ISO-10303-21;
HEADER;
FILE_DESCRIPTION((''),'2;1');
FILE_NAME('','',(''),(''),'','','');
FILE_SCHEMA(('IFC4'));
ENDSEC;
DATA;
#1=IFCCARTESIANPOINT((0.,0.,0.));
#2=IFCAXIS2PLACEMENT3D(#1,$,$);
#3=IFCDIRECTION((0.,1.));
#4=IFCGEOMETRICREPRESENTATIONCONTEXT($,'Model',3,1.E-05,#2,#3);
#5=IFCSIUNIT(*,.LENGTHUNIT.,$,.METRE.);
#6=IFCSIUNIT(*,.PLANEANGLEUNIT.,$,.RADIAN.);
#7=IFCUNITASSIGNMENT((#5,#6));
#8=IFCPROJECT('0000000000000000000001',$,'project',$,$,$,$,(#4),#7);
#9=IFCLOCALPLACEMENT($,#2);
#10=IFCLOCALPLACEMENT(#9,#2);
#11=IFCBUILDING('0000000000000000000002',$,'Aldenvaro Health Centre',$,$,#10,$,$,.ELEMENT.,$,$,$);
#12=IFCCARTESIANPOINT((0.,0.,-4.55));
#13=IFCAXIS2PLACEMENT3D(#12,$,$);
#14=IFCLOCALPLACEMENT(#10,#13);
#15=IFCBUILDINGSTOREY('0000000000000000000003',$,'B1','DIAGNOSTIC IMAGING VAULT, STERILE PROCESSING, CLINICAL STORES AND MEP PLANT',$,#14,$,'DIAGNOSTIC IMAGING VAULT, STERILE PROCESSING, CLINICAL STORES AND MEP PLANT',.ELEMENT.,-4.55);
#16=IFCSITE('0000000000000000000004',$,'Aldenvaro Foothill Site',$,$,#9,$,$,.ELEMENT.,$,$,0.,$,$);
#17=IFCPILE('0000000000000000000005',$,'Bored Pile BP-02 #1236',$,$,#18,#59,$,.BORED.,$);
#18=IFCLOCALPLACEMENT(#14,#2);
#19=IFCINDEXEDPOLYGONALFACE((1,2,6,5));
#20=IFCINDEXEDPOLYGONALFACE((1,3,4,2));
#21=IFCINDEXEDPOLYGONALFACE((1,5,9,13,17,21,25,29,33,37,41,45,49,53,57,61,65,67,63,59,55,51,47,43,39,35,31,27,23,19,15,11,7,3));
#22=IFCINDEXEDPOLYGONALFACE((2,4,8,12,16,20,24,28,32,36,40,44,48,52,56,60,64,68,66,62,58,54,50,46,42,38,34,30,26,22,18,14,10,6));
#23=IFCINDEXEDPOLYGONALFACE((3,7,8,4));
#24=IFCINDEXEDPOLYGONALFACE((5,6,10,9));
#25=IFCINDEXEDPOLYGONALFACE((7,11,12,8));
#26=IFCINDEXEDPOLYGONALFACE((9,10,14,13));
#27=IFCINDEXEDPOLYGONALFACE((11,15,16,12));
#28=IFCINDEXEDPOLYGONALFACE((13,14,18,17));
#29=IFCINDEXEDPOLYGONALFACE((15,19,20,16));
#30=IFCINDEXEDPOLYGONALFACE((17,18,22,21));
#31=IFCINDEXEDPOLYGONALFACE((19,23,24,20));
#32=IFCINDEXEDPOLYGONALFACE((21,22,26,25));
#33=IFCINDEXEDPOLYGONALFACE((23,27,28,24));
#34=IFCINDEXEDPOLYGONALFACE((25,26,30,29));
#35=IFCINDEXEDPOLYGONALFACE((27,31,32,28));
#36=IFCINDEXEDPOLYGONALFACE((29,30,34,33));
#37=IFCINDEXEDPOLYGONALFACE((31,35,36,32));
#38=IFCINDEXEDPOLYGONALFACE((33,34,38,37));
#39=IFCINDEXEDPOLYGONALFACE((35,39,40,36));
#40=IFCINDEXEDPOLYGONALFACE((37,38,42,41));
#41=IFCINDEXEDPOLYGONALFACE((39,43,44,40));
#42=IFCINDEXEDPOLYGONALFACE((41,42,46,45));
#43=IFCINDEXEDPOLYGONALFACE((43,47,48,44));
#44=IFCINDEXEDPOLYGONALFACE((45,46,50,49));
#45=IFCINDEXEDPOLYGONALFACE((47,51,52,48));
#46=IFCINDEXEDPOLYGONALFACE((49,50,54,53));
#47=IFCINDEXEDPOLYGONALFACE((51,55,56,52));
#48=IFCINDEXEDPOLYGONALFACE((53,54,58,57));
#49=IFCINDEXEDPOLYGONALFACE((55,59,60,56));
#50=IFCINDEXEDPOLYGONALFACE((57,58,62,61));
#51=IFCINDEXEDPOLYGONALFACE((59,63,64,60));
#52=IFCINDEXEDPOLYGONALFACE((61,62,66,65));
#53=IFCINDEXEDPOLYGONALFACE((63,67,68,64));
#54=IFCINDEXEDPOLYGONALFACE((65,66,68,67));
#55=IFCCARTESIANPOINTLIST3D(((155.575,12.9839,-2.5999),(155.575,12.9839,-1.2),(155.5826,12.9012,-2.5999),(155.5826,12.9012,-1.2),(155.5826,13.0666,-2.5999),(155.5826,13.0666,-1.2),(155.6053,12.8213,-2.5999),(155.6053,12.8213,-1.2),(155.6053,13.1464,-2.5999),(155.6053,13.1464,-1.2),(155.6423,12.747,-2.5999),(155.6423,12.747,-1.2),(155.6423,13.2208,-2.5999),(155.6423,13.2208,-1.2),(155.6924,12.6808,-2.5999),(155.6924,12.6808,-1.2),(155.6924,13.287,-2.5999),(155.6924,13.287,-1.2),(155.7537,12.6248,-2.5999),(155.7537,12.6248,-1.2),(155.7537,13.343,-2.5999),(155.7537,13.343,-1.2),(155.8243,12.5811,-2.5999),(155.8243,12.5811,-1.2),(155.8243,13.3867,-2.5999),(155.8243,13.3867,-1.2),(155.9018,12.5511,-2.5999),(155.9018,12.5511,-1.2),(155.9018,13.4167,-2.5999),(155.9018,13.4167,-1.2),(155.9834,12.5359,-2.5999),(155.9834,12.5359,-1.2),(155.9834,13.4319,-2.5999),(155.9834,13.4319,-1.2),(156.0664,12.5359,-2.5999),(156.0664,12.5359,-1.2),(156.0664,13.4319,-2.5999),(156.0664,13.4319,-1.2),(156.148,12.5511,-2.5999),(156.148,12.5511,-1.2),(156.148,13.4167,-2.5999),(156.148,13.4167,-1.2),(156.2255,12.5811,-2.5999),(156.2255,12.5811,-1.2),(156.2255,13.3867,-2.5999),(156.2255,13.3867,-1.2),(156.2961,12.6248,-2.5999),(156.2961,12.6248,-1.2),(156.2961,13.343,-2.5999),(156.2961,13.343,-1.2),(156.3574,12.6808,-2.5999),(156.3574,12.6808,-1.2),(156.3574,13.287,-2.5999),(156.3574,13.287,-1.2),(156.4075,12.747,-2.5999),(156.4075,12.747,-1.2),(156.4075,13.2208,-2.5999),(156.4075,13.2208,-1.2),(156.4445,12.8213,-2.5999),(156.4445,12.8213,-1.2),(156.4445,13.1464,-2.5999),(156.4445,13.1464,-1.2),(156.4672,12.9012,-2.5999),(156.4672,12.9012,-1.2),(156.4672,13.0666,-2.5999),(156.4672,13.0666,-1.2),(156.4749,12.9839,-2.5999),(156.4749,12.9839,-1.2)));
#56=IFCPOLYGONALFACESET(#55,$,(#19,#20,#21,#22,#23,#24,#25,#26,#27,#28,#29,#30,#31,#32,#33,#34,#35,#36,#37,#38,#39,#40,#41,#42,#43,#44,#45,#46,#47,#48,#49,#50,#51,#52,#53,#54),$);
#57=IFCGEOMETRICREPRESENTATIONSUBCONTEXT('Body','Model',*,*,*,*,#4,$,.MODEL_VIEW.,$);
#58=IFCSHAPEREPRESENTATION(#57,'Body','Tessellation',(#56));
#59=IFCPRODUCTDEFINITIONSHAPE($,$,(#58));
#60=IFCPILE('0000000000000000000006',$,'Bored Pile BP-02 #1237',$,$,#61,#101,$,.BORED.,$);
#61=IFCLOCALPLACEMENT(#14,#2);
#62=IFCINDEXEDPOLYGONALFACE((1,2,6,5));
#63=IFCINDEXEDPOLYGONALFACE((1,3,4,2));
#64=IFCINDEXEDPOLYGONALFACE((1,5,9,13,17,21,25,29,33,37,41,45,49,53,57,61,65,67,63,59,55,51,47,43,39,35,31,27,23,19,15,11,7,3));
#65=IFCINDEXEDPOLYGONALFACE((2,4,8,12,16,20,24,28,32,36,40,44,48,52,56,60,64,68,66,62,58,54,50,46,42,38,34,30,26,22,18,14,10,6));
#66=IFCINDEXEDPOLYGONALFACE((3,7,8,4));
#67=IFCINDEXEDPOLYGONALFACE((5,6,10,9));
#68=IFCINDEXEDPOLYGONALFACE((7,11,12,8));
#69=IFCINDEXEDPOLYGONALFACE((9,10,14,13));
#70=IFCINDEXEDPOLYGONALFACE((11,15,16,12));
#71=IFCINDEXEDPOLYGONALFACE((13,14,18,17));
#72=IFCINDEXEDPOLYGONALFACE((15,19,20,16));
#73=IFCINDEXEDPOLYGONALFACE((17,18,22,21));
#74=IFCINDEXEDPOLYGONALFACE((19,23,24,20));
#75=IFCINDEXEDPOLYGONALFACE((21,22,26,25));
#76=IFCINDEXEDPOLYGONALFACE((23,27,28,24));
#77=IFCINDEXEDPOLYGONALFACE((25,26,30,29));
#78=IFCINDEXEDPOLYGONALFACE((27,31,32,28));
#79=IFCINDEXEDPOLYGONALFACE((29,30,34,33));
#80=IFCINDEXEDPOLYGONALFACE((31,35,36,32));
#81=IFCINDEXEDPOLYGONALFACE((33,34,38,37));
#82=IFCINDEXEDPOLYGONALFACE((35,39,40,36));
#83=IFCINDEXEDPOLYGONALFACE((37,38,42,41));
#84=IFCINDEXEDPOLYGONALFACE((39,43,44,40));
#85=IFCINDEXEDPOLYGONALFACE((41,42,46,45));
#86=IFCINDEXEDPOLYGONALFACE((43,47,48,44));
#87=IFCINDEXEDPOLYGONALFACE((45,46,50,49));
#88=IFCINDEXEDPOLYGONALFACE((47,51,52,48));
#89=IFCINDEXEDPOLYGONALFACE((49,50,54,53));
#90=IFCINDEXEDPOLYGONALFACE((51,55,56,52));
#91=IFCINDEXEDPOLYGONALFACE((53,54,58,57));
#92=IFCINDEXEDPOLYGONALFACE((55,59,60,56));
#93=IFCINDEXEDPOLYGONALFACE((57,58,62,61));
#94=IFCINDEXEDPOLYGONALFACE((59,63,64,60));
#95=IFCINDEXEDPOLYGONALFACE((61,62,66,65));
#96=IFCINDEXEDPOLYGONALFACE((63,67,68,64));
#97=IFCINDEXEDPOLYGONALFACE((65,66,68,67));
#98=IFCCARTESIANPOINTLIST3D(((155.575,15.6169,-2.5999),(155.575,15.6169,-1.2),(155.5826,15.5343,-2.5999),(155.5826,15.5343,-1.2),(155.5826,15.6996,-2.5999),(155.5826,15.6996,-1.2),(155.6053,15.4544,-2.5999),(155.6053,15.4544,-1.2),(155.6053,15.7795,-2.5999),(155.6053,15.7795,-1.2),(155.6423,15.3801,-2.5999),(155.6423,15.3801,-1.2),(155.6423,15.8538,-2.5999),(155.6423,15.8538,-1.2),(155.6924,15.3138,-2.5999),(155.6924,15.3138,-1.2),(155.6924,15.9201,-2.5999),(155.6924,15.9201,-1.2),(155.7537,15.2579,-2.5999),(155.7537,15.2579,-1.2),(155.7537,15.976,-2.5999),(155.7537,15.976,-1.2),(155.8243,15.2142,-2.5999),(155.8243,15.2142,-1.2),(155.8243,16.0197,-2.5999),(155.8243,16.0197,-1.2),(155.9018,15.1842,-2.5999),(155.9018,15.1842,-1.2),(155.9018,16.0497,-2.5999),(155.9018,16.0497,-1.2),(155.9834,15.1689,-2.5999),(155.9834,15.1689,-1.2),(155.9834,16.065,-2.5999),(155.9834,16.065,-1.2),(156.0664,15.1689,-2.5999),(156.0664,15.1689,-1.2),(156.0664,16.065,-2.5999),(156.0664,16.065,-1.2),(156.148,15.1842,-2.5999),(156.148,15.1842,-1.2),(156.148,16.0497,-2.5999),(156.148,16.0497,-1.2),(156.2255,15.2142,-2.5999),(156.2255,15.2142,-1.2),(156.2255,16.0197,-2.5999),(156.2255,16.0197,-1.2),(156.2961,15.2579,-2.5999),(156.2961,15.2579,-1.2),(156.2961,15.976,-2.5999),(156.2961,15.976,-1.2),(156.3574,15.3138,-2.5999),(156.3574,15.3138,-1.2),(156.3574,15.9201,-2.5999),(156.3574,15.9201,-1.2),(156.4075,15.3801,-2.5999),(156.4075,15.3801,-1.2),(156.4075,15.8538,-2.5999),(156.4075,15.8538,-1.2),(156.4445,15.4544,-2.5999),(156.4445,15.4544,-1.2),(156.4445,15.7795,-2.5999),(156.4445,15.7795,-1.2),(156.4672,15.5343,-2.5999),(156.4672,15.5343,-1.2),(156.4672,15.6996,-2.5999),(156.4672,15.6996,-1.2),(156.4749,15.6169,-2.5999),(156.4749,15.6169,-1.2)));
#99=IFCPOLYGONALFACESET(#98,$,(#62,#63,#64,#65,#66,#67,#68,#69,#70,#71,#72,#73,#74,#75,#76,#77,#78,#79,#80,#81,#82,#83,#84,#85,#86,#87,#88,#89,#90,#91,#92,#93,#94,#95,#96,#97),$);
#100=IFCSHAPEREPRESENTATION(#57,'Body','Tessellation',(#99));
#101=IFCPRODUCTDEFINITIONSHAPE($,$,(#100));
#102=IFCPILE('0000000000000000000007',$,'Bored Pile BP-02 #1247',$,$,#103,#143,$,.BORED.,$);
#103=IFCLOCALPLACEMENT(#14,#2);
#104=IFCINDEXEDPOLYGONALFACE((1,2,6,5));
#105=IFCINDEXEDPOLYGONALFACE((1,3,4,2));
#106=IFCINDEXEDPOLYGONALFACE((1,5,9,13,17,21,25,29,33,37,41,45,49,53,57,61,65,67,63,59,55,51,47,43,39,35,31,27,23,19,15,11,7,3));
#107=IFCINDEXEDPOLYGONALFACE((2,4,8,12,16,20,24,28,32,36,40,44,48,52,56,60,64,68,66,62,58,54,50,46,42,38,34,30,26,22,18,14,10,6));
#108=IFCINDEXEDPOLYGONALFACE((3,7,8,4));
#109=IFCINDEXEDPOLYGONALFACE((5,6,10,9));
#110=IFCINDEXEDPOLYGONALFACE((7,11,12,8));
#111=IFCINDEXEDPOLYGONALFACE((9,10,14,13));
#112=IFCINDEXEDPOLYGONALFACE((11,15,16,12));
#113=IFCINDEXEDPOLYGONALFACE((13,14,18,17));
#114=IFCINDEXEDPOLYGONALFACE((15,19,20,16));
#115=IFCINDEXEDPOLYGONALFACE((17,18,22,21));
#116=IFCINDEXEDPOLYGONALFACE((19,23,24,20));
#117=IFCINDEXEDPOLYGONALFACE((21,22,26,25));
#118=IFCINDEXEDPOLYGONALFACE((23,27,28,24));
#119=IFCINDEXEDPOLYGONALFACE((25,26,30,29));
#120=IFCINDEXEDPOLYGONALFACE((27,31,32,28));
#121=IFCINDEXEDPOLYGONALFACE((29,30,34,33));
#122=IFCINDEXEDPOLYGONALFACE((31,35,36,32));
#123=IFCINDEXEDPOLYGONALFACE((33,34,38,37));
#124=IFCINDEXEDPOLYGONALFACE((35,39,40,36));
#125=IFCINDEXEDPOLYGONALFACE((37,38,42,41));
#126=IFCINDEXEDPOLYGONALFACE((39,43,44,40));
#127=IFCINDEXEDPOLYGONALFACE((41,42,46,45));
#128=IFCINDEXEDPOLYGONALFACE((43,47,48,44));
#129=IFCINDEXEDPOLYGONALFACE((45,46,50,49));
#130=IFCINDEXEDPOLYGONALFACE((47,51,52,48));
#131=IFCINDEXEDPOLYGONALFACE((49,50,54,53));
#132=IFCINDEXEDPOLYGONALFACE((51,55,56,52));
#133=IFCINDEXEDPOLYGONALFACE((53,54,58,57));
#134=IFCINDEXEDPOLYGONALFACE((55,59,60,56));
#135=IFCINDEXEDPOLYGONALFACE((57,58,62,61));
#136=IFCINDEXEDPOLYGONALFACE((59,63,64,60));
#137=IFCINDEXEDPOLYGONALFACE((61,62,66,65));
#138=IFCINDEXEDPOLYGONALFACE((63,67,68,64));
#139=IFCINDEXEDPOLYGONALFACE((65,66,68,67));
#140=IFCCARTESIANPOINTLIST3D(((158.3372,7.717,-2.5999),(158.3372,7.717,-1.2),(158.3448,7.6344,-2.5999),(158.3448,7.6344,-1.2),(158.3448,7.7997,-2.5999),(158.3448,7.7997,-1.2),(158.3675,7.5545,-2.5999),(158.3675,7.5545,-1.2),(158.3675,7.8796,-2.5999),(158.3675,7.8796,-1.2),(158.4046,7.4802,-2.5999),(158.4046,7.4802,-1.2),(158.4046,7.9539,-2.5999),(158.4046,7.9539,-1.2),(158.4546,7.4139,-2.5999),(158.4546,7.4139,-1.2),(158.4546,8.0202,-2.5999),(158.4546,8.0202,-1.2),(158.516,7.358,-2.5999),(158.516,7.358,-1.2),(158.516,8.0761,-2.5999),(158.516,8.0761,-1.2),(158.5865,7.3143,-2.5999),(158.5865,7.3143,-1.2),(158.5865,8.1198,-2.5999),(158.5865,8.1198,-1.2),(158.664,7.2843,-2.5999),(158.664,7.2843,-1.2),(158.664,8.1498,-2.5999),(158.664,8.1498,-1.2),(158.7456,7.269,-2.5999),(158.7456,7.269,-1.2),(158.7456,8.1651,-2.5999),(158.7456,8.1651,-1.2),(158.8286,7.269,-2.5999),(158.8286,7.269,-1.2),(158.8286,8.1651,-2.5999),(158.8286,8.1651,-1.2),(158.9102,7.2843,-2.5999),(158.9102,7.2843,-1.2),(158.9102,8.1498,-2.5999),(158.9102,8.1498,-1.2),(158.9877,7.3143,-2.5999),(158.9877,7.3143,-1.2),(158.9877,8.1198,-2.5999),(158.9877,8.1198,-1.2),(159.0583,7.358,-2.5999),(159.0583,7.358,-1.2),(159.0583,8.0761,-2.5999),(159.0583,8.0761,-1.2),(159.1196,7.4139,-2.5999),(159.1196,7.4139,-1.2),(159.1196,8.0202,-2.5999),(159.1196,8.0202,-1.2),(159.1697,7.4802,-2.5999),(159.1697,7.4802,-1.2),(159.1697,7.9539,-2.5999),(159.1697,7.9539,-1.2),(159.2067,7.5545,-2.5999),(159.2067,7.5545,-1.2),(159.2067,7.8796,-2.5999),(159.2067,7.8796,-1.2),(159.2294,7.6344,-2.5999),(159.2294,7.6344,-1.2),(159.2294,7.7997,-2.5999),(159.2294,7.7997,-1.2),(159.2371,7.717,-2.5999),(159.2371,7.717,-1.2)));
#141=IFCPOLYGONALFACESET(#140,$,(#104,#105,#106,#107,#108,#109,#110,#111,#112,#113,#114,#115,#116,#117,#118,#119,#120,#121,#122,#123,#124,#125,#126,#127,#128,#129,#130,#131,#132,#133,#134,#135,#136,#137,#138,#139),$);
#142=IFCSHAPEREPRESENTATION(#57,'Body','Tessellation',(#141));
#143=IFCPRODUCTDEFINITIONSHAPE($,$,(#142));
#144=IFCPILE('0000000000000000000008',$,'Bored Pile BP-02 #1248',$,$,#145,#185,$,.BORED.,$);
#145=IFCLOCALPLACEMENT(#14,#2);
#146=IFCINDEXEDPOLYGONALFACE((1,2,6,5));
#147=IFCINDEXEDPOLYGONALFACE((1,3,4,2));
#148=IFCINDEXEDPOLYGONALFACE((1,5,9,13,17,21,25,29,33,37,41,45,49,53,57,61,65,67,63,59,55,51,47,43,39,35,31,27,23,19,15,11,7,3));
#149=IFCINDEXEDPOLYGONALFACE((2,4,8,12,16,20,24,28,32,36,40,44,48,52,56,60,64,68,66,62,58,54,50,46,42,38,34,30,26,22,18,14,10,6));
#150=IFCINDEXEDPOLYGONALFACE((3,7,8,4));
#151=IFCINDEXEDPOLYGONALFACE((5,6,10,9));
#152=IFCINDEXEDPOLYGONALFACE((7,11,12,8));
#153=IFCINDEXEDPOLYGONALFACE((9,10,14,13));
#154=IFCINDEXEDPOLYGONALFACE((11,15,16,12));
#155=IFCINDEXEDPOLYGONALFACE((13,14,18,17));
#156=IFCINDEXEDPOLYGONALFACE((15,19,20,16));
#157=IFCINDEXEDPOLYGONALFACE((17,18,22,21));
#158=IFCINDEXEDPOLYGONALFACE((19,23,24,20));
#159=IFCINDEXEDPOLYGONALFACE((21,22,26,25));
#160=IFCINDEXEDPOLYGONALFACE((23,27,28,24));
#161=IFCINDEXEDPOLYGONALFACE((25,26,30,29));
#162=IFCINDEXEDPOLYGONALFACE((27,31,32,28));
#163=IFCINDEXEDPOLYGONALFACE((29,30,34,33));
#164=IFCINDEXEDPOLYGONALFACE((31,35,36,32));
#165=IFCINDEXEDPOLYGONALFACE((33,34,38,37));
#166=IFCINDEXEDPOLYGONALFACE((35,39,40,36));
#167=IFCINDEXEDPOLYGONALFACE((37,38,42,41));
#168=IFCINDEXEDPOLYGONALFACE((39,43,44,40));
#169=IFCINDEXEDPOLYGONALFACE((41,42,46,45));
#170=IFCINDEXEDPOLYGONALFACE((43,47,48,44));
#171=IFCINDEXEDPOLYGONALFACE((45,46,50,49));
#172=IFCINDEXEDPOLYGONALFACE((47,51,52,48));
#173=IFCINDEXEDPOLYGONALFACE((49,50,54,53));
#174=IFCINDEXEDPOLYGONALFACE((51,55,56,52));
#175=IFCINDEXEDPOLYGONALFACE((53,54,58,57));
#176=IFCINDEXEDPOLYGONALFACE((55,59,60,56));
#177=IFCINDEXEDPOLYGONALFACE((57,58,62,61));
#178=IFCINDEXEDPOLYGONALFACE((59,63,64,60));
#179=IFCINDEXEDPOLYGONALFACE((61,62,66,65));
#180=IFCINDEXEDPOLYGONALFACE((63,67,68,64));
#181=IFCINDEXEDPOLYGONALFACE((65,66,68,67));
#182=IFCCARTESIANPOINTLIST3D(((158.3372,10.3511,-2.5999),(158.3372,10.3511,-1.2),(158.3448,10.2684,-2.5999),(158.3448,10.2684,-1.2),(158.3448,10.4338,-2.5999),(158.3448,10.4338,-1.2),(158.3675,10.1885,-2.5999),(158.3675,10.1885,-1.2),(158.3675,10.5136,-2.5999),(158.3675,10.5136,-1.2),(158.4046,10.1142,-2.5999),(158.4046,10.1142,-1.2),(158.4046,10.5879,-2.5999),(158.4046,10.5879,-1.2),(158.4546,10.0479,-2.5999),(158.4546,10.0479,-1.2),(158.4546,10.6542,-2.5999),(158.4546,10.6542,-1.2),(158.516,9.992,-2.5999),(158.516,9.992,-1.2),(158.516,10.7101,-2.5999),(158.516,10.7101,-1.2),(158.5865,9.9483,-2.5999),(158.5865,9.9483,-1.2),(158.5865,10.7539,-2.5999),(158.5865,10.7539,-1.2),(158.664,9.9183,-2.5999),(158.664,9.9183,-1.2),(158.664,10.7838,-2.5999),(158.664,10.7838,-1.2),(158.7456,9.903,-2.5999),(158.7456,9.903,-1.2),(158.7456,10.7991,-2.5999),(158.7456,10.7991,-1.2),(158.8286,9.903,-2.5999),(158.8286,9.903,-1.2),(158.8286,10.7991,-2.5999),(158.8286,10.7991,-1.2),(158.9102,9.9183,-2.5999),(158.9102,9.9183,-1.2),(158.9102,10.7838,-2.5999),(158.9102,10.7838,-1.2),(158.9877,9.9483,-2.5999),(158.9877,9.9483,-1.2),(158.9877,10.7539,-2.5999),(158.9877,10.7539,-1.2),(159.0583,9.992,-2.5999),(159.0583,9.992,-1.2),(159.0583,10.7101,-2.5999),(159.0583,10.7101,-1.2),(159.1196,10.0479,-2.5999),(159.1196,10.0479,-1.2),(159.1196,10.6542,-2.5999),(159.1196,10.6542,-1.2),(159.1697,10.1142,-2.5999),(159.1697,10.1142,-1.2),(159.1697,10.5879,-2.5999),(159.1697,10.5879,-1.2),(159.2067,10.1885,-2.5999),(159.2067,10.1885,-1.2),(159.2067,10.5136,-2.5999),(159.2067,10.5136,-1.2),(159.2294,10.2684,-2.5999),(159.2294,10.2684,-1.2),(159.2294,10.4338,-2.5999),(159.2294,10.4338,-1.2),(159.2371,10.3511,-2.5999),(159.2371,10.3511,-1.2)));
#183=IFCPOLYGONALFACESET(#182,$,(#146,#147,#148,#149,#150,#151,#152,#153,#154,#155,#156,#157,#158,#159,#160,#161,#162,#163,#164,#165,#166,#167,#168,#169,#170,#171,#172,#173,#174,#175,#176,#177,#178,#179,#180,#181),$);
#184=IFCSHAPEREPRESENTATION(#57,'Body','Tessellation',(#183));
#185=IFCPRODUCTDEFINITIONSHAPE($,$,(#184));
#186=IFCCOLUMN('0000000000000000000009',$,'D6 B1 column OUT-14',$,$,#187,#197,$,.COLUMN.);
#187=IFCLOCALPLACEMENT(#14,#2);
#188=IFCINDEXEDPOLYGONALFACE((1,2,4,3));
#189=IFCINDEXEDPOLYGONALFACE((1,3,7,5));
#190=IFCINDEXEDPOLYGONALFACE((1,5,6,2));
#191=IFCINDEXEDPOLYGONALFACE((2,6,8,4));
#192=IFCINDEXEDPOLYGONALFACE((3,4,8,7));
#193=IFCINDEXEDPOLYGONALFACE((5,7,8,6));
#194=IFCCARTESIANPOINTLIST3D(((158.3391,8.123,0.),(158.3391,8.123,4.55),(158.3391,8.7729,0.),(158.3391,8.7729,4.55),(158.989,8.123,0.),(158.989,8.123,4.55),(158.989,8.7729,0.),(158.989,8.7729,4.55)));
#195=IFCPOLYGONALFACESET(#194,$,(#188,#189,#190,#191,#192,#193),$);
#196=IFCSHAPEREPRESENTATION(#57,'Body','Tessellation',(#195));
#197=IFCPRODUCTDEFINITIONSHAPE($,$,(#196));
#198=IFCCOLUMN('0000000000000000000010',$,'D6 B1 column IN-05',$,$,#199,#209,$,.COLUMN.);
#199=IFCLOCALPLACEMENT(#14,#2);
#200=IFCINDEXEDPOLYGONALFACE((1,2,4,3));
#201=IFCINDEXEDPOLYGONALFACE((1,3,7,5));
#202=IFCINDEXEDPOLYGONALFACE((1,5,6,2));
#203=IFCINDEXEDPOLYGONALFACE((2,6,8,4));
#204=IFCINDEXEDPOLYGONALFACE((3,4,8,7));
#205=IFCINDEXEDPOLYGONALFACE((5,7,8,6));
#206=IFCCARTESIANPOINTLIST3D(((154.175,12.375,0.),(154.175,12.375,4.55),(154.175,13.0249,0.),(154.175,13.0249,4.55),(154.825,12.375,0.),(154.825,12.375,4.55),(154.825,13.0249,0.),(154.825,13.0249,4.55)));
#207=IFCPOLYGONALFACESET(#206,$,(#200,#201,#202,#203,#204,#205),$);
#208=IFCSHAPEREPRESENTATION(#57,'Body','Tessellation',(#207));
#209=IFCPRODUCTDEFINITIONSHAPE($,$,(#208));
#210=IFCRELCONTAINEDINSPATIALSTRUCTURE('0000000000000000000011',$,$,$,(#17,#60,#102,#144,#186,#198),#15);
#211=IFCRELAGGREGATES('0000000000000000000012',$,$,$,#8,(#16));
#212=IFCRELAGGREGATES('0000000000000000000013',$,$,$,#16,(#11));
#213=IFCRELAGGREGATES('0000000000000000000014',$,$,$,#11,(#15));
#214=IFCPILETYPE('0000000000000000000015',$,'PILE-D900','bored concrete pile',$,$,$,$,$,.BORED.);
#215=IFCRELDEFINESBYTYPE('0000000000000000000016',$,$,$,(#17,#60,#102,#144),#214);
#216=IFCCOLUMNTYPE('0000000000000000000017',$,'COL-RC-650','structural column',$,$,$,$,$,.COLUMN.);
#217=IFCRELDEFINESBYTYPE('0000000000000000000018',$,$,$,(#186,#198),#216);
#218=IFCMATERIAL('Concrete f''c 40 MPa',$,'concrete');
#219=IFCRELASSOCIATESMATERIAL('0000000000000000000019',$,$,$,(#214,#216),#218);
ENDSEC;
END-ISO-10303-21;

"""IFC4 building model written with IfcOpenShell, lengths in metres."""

from ifc_helpers import new_model, si_unit, direction, frame, origin, origin_2d, place, context, subcontext, project, spatial, rectangle, circle, extrude, material, material_profile, profile_set, type_object, element, save


model = new_model("IFC4")

# Units and contexts
model_context = context("Model", 3, precision=1e-05, world=origin(), true_north=direction((0.0, 1.0)))
body_context = subcontext(model_context, "Body", "Model", "MODEL_VIEW")
ifc_project = project(units=[si_unit("LENGTHUNIT", "METRE"), si_unit("PLANEANGLEUNIT", "RADIAN")], contexts=[model_context])

# Site, building, storey
site_placement = place(None, origin())
site = spatial("IfcSite", under=ifc_project, at=site_placement, Name="Aldenvaro Foothill Site", CompositionType="ELEMENT", RefElevation=0.0)
building_placement = place(site_placement, origin())
building = spatial("IfcBuilding", under=site, at=building_placement, Name="Aldenvaro Health Centre", CompositionType="ELEMENT")
storey_placement = place(building_placement, frame((0.0, 0.0, -4.55)))
storey = spatial("IfcBuildingStorey", under=building, at=storey_placement, Name="B1", Description="DIAGNOSTIC IMAGING VAULT, STERILE PROCESSING, CLINICAL STORES AND MEP PLANT", LongName="DIAGNOSTIC IMAGING VAULT, STERILE PROCESSING, CLINICAL STORES AND MEP PLANT", CompositionType="ELEMENT", Elevation=-4.55)

# Piles
ifc_material_1 = material(Name="Concrete f'c 40 MPa", Category="concrete")
ifc_material_profile_1 = material_profile(ifc_material_1, circle(Radius=0.45, at=origin_2d()), Name="PILE D900", Category="concrete")
ifc_profile_set_1 = profile_set([ifc_material_profile_1], Name="Concrete f'c 40 MPa")
pile_type = type_object("IfcPileType", Name="PILE-D900", Description="bored concrete pile", PredefinedType="BORED", material=ifc_profile_set_1)
for number, where, z_axis, x_axis, name in (
    (1, (156.0249, 12.9839, -1.2), (0.0, 0.0, -1.0), (1.0, 0.0, 0.0), "Bored Pile BP-02 #1236"),
    (2, (156.0249, 15.6169, -1.2), (0.0, 0.0, -1.0), (1.0, 0.0, 0.0), "Bored Pile BP-02 #1237"),
    (3, (158.7871, 7.717, -1.2), (0.0, 0.0, -1.0), (1.0, 0.0, 0.0), "Bored Pile BP-02 #1247"),
    (4, (158.7871, 10.3511, -1.2), (0.0, 0.0, -1.0), (1.0, 0.0, 0.0), "Bored Pile BP-02 #1248"),
):
    element("IfcPile", number, at=place(storey_placement, frame(where, z_axis=z_axis, x_axis=x_axis)), inside=storey, type_object=pile_type, Name=name, PredefinedType="BORED", context=body_context, shape_type="SweptSolid", body=[
        extrude(circle(Radius=0.45, at=origin_2d()), origin(), (0.0, 0.0, 1.0), 1.3999),
    ])

# Columns
ifc_material_profile_2 = material_profile(ifc_material_1, rectangle(XDim=0.6499, YDim=0.6499, at=origin_2d()), Name="RC 650x650", Category="concrete")
ifc_profile_set_2 = profile_set([ifc_material_profile_2], Name="Concrete f'c 40 MPa")
column_type = type_object("IfcColumnType", Name="COL-RC-650", Description="structural column", PredefinedType="COLUMN", material=ifc_profile_set_2)
for number, where, z_axis, x_axis, name in (
    (5, (158.6641, 8.448, 0.0), (0.0, 0.0, 1.0), (1.0, 0.0, 0.0), "D6 B1 column OUT-14"),
    (6, (154.5, 12.7, 0.0), (0.0, 0.0, 1.0), (1.0, 0.0, 0.0), "D6 B1 column IN-05"),
):
    element("IfcColumn", number, at=place(storey_placement, frame(where, z_axis=z_axis, x_axis=x_axis)), inside=storey, type_object=column_type, Name=name, PredefinedType="COLUMN", context=body_context, shape_type="SweptSolid", body=[
        extrude(rectangle(XDim=0.6499, YDim=0.6499, at=origin_2d()), origin(), (0.0, 0.0, 1.0), 4.55),
    ])

save(model, "model.ifc")
